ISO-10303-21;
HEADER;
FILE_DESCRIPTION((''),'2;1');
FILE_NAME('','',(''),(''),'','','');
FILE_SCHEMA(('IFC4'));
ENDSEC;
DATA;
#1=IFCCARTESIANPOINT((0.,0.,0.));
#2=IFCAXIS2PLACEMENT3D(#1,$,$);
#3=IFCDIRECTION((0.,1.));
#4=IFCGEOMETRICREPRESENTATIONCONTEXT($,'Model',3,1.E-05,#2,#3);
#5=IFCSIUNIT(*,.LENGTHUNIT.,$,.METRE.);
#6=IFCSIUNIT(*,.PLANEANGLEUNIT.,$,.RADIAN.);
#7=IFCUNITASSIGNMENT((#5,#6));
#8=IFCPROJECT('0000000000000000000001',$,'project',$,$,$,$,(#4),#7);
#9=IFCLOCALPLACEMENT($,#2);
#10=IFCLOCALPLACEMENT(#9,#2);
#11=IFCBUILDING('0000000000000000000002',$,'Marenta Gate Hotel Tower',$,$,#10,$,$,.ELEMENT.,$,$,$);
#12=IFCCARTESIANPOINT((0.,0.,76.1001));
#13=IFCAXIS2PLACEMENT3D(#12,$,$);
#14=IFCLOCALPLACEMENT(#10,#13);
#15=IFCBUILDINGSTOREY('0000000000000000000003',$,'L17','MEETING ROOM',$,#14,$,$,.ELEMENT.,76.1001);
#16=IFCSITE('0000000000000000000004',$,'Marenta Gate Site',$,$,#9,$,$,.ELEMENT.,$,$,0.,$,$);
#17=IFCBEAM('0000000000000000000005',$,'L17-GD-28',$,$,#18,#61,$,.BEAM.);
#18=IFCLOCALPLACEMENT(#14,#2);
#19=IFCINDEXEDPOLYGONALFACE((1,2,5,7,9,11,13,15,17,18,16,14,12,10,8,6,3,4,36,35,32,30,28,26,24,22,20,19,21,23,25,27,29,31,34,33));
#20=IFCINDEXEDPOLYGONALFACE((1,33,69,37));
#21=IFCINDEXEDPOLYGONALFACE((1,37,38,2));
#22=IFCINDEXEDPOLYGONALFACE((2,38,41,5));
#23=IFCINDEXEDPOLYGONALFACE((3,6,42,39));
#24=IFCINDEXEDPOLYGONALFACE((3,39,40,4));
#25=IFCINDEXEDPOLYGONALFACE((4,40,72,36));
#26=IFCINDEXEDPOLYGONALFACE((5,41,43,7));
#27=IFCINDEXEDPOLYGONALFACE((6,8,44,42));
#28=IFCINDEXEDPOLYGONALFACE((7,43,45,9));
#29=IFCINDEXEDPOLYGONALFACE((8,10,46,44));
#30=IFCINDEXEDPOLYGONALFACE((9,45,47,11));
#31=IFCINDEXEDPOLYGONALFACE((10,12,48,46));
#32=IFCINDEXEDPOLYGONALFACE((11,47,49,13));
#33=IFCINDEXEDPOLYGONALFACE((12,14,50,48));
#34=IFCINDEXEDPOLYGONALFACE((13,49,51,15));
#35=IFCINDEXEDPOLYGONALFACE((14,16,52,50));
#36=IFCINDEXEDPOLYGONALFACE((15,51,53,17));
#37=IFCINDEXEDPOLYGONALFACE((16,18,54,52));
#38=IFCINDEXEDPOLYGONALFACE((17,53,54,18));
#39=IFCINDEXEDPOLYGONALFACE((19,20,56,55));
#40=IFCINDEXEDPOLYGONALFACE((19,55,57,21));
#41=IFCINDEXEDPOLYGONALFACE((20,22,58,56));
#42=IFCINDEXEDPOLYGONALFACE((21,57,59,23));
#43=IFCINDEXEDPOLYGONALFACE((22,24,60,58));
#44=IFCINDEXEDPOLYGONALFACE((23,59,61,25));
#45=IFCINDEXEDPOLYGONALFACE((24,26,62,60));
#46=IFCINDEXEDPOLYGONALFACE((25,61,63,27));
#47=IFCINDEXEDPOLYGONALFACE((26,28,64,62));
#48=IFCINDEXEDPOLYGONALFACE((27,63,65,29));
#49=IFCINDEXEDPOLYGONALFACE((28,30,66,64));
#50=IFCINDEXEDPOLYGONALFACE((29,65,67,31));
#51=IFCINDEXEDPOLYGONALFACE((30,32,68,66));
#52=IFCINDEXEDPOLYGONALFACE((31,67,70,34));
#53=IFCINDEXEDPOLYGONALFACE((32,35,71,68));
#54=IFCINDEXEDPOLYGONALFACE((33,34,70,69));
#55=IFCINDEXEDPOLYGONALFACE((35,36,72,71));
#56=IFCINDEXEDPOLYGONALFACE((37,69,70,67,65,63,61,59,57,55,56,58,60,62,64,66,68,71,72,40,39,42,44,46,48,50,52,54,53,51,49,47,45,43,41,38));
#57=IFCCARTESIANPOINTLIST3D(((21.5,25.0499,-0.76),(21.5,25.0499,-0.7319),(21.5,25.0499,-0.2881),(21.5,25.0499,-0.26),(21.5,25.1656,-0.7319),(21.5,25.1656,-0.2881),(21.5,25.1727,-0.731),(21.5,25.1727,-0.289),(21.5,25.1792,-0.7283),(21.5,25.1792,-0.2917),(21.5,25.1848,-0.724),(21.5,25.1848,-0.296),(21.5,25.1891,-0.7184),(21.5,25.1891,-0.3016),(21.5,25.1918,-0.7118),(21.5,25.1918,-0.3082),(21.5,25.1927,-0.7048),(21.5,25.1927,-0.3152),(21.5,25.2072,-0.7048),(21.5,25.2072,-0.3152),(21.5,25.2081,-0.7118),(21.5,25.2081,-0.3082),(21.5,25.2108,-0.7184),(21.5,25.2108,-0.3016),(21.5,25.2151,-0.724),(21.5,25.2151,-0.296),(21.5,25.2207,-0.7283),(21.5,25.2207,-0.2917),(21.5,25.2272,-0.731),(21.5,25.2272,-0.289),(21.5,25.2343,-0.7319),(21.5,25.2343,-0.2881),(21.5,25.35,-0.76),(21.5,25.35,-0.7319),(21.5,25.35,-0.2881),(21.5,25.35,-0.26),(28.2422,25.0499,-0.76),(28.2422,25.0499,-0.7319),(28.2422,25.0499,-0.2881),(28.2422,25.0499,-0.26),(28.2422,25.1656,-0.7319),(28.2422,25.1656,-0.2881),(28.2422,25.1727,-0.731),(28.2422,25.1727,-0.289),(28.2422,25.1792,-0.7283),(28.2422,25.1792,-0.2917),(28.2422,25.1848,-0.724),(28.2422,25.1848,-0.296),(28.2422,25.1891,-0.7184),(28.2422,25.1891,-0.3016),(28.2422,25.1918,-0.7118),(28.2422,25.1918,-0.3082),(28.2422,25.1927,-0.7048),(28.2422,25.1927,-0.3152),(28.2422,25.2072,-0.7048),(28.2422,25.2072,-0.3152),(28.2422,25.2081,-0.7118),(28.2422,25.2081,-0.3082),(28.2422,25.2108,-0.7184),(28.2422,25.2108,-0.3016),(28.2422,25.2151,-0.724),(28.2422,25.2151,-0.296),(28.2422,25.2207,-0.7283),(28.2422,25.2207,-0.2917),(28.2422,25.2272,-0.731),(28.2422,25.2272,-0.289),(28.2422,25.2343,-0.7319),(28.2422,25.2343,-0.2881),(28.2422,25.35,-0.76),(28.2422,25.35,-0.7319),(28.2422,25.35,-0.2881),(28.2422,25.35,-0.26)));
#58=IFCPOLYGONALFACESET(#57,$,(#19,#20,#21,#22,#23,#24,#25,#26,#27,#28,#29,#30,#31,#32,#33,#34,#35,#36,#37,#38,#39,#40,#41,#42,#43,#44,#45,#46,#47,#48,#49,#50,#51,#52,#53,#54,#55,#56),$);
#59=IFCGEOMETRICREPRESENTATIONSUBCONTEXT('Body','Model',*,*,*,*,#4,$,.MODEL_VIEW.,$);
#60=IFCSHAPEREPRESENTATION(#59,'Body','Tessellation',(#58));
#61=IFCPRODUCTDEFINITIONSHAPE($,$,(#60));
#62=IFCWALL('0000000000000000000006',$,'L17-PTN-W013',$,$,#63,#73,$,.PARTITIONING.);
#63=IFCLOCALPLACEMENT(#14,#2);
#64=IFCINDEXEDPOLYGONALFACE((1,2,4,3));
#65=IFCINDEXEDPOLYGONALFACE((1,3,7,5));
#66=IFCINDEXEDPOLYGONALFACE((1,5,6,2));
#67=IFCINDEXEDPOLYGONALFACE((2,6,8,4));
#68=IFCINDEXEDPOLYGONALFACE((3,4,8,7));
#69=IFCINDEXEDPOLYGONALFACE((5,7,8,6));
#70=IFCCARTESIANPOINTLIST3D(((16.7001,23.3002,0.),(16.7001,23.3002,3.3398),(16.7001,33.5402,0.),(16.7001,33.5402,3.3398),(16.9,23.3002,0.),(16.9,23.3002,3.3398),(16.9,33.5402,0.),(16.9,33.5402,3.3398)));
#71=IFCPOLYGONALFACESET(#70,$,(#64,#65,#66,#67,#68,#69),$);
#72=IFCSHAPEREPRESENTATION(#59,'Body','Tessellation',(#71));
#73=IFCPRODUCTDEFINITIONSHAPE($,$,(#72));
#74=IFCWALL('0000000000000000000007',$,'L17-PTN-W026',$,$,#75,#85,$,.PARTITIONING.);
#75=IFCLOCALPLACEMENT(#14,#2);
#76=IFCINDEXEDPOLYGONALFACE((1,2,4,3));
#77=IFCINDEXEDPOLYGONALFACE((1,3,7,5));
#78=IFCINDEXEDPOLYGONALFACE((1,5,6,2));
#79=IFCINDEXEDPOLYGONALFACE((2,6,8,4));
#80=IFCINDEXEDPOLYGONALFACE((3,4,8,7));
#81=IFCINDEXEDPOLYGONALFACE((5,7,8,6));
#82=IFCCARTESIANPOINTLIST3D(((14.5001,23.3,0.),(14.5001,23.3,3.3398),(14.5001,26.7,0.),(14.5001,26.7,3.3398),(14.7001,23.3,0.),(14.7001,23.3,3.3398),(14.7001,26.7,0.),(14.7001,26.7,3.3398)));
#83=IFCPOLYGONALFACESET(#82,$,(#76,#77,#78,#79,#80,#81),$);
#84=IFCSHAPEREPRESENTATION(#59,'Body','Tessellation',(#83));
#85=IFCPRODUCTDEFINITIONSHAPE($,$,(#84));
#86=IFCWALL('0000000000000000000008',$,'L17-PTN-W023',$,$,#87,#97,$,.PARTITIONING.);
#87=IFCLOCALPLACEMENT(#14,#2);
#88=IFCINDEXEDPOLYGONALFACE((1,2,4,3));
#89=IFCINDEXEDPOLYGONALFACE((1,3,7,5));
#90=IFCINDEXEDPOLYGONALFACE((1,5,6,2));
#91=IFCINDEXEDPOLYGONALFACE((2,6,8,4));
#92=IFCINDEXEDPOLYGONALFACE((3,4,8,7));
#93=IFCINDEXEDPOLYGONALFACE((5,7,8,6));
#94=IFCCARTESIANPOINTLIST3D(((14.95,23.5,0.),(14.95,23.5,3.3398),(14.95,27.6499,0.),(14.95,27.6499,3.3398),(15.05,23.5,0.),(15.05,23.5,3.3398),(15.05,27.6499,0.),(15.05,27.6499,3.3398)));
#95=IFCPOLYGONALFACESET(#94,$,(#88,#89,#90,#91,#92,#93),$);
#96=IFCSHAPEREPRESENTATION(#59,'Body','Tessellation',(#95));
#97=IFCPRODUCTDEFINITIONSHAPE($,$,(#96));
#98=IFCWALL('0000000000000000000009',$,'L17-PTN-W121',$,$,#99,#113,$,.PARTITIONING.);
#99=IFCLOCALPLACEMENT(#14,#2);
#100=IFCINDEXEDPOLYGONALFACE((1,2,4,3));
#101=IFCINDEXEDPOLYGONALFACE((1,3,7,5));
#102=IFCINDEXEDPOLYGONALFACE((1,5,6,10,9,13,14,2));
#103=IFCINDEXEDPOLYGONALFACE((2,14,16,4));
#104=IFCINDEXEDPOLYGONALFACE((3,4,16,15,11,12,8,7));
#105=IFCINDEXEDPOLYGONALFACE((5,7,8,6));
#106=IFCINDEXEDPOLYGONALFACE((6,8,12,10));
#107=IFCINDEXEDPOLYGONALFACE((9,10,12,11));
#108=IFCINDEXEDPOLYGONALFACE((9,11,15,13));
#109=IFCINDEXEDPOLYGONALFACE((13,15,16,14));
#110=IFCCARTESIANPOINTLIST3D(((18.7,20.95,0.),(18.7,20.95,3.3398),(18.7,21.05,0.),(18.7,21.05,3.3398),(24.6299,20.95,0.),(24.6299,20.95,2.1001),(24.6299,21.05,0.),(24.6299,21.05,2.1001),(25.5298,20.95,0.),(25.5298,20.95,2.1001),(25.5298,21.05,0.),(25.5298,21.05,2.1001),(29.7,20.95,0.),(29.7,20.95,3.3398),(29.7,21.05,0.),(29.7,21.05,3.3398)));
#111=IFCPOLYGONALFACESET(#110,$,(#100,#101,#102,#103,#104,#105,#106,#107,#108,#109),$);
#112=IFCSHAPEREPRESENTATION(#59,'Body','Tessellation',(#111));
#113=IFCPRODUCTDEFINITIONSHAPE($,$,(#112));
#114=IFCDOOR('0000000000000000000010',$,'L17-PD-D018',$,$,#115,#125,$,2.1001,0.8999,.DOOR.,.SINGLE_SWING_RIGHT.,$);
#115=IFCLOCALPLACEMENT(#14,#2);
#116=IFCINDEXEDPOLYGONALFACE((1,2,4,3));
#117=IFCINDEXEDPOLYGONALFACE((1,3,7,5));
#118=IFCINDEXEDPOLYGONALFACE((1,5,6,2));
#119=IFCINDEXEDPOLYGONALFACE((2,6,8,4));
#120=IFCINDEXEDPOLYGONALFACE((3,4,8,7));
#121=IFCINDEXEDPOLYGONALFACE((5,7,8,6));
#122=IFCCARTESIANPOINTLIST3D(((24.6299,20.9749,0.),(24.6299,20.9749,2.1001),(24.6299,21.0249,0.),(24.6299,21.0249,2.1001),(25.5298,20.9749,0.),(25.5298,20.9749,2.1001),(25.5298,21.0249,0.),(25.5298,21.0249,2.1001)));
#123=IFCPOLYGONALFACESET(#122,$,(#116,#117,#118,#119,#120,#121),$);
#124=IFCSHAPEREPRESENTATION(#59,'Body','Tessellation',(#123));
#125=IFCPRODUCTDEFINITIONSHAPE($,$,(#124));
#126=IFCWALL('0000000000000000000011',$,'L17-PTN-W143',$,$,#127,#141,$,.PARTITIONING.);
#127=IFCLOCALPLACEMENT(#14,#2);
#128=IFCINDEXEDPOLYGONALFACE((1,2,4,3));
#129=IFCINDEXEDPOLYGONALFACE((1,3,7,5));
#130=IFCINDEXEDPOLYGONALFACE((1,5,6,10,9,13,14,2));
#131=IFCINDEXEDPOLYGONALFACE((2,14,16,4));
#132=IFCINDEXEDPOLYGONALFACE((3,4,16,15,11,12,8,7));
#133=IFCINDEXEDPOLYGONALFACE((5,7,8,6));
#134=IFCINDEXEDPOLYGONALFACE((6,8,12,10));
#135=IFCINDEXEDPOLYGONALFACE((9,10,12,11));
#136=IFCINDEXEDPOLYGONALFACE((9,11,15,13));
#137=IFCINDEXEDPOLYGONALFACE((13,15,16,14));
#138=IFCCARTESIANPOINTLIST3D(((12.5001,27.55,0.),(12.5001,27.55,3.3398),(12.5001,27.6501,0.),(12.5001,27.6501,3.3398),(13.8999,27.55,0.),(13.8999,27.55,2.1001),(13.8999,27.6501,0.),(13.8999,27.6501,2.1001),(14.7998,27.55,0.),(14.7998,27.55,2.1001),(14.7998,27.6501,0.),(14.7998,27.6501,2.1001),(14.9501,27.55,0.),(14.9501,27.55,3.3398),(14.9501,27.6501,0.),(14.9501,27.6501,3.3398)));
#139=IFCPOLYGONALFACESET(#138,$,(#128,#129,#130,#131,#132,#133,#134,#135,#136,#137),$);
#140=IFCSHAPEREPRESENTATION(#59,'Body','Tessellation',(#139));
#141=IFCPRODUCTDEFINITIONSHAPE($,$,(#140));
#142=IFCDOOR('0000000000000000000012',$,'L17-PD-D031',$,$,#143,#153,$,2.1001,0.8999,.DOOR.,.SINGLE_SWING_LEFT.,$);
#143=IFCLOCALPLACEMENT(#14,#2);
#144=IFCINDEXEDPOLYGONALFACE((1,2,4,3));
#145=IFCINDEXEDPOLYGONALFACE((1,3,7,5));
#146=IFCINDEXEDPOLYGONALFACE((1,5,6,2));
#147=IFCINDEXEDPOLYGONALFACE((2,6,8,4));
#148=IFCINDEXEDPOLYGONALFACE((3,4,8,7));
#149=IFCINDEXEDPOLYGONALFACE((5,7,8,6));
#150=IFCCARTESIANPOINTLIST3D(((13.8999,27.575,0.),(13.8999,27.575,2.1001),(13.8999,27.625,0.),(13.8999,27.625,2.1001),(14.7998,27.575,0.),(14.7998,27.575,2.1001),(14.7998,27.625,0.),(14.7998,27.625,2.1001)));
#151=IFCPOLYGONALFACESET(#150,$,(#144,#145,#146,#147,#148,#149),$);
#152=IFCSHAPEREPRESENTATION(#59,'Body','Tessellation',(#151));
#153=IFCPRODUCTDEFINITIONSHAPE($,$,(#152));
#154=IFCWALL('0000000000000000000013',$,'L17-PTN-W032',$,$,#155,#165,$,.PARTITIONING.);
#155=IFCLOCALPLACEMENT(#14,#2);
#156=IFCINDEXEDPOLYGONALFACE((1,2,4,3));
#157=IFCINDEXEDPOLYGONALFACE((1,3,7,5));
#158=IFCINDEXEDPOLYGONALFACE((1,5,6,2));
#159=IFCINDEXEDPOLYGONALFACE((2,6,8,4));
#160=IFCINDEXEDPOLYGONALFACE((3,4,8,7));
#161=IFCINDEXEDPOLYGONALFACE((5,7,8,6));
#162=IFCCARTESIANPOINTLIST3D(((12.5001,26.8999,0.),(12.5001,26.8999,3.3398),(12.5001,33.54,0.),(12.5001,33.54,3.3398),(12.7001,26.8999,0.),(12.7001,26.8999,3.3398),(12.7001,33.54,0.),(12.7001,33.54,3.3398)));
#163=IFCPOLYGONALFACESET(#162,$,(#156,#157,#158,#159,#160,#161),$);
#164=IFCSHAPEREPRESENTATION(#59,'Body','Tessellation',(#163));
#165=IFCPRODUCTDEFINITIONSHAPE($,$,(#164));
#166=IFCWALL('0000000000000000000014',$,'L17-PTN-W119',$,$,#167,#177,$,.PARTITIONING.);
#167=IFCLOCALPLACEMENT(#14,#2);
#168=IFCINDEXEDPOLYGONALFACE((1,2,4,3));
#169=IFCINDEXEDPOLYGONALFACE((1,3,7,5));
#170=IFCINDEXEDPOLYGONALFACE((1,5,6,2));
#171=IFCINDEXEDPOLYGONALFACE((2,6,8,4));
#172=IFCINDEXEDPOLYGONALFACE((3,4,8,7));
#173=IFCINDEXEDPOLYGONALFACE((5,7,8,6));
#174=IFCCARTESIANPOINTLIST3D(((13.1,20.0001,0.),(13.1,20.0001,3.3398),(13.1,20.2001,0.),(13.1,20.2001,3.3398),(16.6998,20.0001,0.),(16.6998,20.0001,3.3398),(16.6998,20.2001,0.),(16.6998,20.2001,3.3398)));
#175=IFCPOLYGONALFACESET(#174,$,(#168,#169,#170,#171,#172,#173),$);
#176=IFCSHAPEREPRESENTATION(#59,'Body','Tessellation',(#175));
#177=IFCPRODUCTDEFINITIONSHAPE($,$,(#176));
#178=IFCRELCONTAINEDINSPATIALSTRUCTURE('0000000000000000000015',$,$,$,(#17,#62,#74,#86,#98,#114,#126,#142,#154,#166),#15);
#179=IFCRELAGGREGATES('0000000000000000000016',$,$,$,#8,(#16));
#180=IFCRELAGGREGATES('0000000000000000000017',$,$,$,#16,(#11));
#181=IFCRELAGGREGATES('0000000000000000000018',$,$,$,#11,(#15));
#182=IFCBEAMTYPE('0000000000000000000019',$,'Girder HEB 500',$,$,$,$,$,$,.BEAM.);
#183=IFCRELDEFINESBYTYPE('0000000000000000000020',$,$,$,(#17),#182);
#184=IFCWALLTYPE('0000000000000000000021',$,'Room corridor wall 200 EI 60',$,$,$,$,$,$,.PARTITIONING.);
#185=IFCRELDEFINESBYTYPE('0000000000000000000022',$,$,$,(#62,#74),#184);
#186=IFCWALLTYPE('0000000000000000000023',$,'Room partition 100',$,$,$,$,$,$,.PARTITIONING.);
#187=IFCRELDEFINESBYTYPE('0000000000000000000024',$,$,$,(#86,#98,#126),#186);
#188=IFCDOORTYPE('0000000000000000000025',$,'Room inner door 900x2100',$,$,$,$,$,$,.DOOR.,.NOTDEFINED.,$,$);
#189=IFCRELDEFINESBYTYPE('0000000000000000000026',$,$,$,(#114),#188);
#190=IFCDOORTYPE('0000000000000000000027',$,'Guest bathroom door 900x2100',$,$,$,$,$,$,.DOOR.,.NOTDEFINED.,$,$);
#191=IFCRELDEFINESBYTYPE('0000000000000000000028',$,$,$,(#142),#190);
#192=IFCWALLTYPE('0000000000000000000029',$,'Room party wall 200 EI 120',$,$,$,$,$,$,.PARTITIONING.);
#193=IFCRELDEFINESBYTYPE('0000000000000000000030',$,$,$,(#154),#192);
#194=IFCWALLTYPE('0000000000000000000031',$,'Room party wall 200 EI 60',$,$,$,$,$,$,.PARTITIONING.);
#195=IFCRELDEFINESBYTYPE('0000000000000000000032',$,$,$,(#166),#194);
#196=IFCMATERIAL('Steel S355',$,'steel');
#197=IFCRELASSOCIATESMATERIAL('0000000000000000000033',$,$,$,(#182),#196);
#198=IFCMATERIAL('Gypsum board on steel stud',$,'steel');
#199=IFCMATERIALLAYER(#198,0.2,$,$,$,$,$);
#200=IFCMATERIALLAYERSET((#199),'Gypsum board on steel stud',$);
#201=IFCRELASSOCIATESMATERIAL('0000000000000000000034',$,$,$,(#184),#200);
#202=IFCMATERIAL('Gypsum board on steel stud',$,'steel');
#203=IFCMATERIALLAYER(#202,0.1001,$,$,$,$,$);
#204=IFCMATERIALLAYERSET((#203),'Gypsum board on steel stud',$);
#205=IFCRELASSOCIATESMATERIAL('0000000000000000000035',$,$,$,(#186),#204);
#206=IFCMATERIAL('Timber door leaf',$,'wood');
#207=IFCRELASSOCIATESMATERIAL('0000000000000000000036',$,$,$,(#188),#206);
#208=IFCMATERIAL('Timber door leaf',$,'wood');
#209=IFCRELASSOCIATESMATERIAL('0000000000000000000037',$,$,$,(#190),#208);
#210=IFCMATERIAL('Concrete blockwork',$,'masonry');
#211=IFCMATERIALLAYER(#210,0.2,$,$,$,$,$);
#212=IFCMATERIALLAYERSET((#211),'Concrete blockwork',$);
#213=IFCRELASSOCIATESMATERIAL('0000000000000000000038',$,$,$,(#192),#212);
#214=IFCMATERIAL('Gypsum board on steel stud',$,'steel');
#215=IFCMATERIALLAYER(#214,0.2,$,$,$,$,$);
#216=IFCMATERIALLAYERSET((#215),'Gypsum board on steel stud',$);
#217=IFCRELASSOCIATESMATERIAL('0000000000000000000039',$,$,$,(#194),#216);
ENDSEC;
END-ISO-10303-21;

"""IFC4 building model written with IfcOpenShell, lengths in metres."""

from ifc_helpers import new_model, si_unit, direction, frame, frame_2d, origin, origin_2d, place, context, subcontext, project, spatial, rectangle, i_section, extrude, material, layer, layer_set, material_profile, profile_set, type_object, element, fill, save


model = new_model("IFC4")

# Units and contexts
model_context = context("Model", 3, precision=1e-05, world=origin(), true_north=direction((0.0, 1.0)))
body_context = subcontext(model_context, "Body", "Model", "MODEL_VIEW")
ifc_project = project(units=[si_unit("LENGTHUNIT", "METRE"), si_unit("PLANEANGLEUNIT", "RADIAN")], contexts=[model_context])

# Site, building, storey
site_placement = place(None, origin())
site = spatial("IfcSite", under=ifc_project, at=site_placement, Name="Marenta Gate Site", CompositionType="ELEMENT", RefElevation=0.0)
building_placement = place(site_placement, origin())
building = spatial("IfcBuilding", under=site, at=building_placement, Name="Marenta Gate Hotel Tower", CompositionType="ELEMENT")
storey_placement = place(building_placement, frame((0.0, 0.0, 76.1001)))
storey = spatial("IfcBuildingStorey", under=building, at=storey_placement, Name="L17", Description="MEETING ROOM", CompositionType="ELEMENT", Elevation=76.1001)

# Beam
ifc_material_1 = material(Name="Steel S355", Category="steel")
ifc_material_profile_1 = material_profile(ifc_material_1, i_section(OverallWidth=0.3, OverallDepth=0.5, WebThickness=0.0144, FlangeThickness=0.0281, FilletRadius=0.0271, at=origin_2d()), Name="HEB 500")
ifc_profile_set_1 = profile_set([ifc_material_profile_1], Name="Steel S355")
beam_type_1 = type_object("IfcBeamType", Name="Girder HEB 500", PredefinedType="BEAM", material=ifc_profile_set_1)
beam_1_placement = place(storey_placement, frame((21.5, 25.2, -0.51), z_axis=(1.0, 0.0, 0.0), x_axis=(0.0, 1.0, 0.0)))
element("IfcBeam", 1, at=beam_1_placement, inside=storey, type_object=beam_type_1, Name="L17-GD-28", PredefinedType="BEAM", context=body_context, shape_type="SweptSolid", body=[
    extrude(i_section(OverallWidth=0.3, OverallDepth=0.5, WebThickness=0.0144, FlangeThickness=0.0281, FilletRadius=0.0271, at=origin_2d()), origin(), (0.0, 0.0, 1.0), 6.7422),
])

# Walls
ifc_material_2 = material(Name="Gypsum board on steel stud", Category="steel")
ifc_layer_1 = layer(ifc_material_2, 0.2)
ifc_layer_set_1 = layer_set([ifc_layer_1], Name="Gypsum board on steel stud")
wall_type_1 = type_object("IfcWallType", Name="Room corridor wall 200 EI 60", PredefinedType="PARTITIONING", material=ifc_layer_set_1)
wall_1_placement = place(storey_placement, frame((16.8, 23.3, 0.0), z_axis=(0.0, 0.0, 1.0), x_axis=(0.0, 1.0, 0.0)))
element("IfcWall", 2, at=wall_1_placement, inside=storey, type_object=wall_type_1, Name="L17-PTN-W013", PredefinedType="PARTITIONING", context=body_context, shape_type="SweptSolid", body=[
    extrude(rectangle(XDim=10.24, YDim=0.2, at=frame_2d((5.1201, 0.0))), origin(), (0.0, 0.0, 1.0), 3.3398),
])
wall_2_placement = place(storey_placement, frame((14.6001, 23.3, 0.0), z_axis=(0.0, 0.0, 1.0), x_axis=(0.0, 1.0, 0.0)))
element("IfcWall", 3, at=wall_2_placement, inside=storey, type_object=wall_type_1, Name="L17-PTN-W026", PredefinedType="PARTITIONING", context=body_context, shape_type="SweptSolid", body=[
    extrude(rectangle(XDim=3.3999, YDim=0.2, at=frame_2d((1.7, 0.0))), origin(), (0.0, 0.0, 1.0), 3.3398),
])

# Wall
ifc_material_3 = material(Name="Gypsum board on steel stud", Category="steel")
ifc_layer_2 = layer(ifc_material_3, 0.1001)
ifc_layer_set_2 = layer_set([ifc_layer_2], Name="Gypsum board on steel stud")
wall_type_2 = type_object("IfcWallType", Name="Room partition 100", PredefinedType="PARTITIONING", material=ifc_layer_set_2)
wall_3_placement = place(storey_placement, frame((15.0, 23.5, 0.0), z_axis=(0.0, 0.0, 1.0), x_axis=(0.0, 1.0, 0.0)))
element("IfcWall", 4, at=wall_3_placement, inside=storey, type_object=wall_type_2, Name="L17-PTN-W023", PredefinedType="PARTITIONING", context=body_context, shape_type="SweptSolid", body=[
    extrude(rectangle(XDim=4.1499, YDim=0.1001, at=frame_2d((2.075, 0.0))), origin(), (0.0, 0.0, 1.0), 3.3398),
])

# Walls, openings, doors
wall_4_placement = place(storey_placement, frame((18.7, 21.0, 0.0), z_axis=(0.0, 0.0, 1.0), x_axis=(1.0, 0.0, 0.0)))
wall_4 = element("IfcWall", 5, at=wall_4_placement, inside=storey, type_object=wall_type_2, Name="L17-PTN-W121", PredefinedType="PARTITIONING", context=body_context, shape_type="SweptSolid", body=[
    extrude(rectangle(XDim=11.0, YDim=0.1001, at=frame_2d((5.5, 0.0))), origin(), (0.0, 0.0, 1.0), 3.3398),
])
opening_1_placement = place(wall_4_placement, frame((5.9299, 0.0, 0.0)))
opening_1 = element("IfcOpeningElement", 6, at=opening_1_placement, cuts=wall_4, PredefinedType="OPENING", context=body_context, shape_type="SweptSolid", body=[
    extrude(rectangle(XDim=0.8999, YDim=2.1001, at=frame_2d((0.45, 1.05))), frame((0.0, 0.05, 0.0), z_axis=(0.0, -1.0, 0.0), x_axis=(1.0, 0.0, 0.0)), (0.0, 0.0, 1.0), 0.1001),
])
ifc_material_4 = material(Name="Timber door leaf", Category="wood")
door_type_1 = type_object("IfcDoorType", Name="Room inner door 900x2100", OperationType="NOTDEFINED", PredefinedType="DOOR", material=ifc_material_4)
door_1_placement = place(opening_1_placement, origin())
door_1 = element("IfcDoor", 7, at=door_1_placement, inside=storey, type_object=door_type_1, Name="L17-PD-D018", OperationType="SINGLE_SWING_RIGHT", OverallHeight=2.1001, OverallWidth=0.8999, PredefinedType="DOOR", context=body_context, shape_type="SweptSolid", body=[
    extrude(rectangle(XDim=0.8999, YDim=2.1001, at=frame_2d((0.45, 1.05))), frame((0.0, 0.0249, 0.0), z_axis=(0.0, -1.0, 0.0), x_axis=(1.0, 0.0, 0.0)), (0.0, 0.0, 1.0), 0.05),
])
fill(opening_1, door_1)
wall_5_placement = place(storey_placement, frame((12.5, 27.6001, 0.0), z_axis=(0.0, 0.0, 1.0), x_axis=(1.0, 0.0, 0.0)))
wall_5 = element("IfcWall", 8, at=wall_5_placement, inside=storey, type_object=wall_type_2, Name="L17-PTN-W143", PredefinedType="PARTITIONING", context=body_context, shape_type="SweptSolid", body=[
    extrude(rectangle(XDim=2.45, YDim=0.1001, at=frame_2d((1.2251, 0.0))), origin(), (0.0, 0.0, 1.0), 3.3398),
])
opening_2_placement = place(wall_5_placement, frame((1.3999, 0.0, 0.0)))
opening_2 = element("IfcOpeningElement", 9, at=opening_2_placement, cuts=wall_5, PredefinedType="OPENING", context=body_context, shape_type="SweptSolid", body=[
    extrude(rectangle(XDim=0.8999, YDim=2.1001, at=frame_2d((0.45, 1.05))), frame((0.0, 0.05, 0.0), z_axis=(0.0, -1.0, 0.0), x_axis=(1.0, 0.0, 0.0)), (0.0, 0.0, 1.0), 0.1001),
])
ifc_material_5 = material(Name="Timber door leaf", Category="wood")
door_type_2 = type_object("IfcDoorType", Name="Guest bathroom door 900x2100", OperationType="NOTDEFINED", PredefinedType="DOOR", material=ifc_material_5)
door_2_placement = place(opening_2_placement, origin())
door_2 = element("IfcDoor", 10, at=door_2_placement, inside=storey, type_object=door_type_2, Name="L17-PD-D031", OperationType="SINGLE_SWING_LEFT", OverallHeight=2.1001, OverallWidth=0.8999, PredefinedType="DOOR", context=body_context, shape_type="SweptSolid", body=[
    extrude(rectangle(XDim=0.8999, YDim=2.1001, at=frame_2d((0.45, 1.05))), frame((0.0, 0.0249, 0.0), z_axis=(0.0, -1.0, 0.0), x_axis=(1.0, 0.0, 0.0)), (0.0, 0.0, 1.0), 0.05),
])
fill(opening_2, door_2)

# Walls
ifc_material_6 = material(Name="Concrete blockwork", Category="masonry")
ifc_layer_3 = layer(ifc_material_6, 0.2)
ifc_layer_set_3 = layer_set([ifc_layer_3], Name="Concrete blockwork")
wall_type_3 = type_object("IfcWallType", Name="Room party wall 200 EI 120", PredefinedType="PARTITIONING", material=ifc_layer_set_3)
wall_6_placement = place(storey_placement, frame((12.6001, 26.8999, 0.0), z_axis=(0.0, 0.0, 1.0), x_axis=(0.0, 1.0, 0.0)))
element("IfcWall", 11, at=wall_6_placement, inside=storey, type_object=wall_type_3, Name="L17-PTN-W032", PredefinedType="PARTITIONING", context=body_context, shape_type="SweptSolid", body=[
    extrude(rectangle(XDim=6.6401, YDim=0.2, at=frame_2d((3.3201, 0.0))), origin(), (0.0, 0.0, 1.0), 3.3398),
])
ifc_material_7 = material(Name="Gypsum board on steel stud", Category="steel")
ifc_layer_4 = layer(ifc_material_7, 0.2)
ifc_layer_set_4 = layer_set([ifc_layer_4], Name="Gypsum board on steel stud")
wall_type_4 = type_object("IfcWallType", Name="Room party wall 200 EI 60", PredefinedType="PARTITIONING", material=ifc_layer_set_4)
wall_7_placement = place(storey_placement, frame((13.1001, 20.1001, 0.0), z_axis=(0.0, 0.0, 1.0), x_axis=(1.0, 0.0, 0.0)))
element("IfcWall", 12, at=wall_7_placement, inside=storey, type_object=wall_type_4, Name="L17-PTN-W119", PredefinedType="PARTITIONING", context=body_context, shape_type="SweptSolid", body=[
    extrude(rectangle(XDim=3.5999, YDim=0.2, at=frame_2d((1.7998, 0.0))), origin(), (0.0, 0.0, 1.0), 3.3398),
])

save(model, "model.ifc")
